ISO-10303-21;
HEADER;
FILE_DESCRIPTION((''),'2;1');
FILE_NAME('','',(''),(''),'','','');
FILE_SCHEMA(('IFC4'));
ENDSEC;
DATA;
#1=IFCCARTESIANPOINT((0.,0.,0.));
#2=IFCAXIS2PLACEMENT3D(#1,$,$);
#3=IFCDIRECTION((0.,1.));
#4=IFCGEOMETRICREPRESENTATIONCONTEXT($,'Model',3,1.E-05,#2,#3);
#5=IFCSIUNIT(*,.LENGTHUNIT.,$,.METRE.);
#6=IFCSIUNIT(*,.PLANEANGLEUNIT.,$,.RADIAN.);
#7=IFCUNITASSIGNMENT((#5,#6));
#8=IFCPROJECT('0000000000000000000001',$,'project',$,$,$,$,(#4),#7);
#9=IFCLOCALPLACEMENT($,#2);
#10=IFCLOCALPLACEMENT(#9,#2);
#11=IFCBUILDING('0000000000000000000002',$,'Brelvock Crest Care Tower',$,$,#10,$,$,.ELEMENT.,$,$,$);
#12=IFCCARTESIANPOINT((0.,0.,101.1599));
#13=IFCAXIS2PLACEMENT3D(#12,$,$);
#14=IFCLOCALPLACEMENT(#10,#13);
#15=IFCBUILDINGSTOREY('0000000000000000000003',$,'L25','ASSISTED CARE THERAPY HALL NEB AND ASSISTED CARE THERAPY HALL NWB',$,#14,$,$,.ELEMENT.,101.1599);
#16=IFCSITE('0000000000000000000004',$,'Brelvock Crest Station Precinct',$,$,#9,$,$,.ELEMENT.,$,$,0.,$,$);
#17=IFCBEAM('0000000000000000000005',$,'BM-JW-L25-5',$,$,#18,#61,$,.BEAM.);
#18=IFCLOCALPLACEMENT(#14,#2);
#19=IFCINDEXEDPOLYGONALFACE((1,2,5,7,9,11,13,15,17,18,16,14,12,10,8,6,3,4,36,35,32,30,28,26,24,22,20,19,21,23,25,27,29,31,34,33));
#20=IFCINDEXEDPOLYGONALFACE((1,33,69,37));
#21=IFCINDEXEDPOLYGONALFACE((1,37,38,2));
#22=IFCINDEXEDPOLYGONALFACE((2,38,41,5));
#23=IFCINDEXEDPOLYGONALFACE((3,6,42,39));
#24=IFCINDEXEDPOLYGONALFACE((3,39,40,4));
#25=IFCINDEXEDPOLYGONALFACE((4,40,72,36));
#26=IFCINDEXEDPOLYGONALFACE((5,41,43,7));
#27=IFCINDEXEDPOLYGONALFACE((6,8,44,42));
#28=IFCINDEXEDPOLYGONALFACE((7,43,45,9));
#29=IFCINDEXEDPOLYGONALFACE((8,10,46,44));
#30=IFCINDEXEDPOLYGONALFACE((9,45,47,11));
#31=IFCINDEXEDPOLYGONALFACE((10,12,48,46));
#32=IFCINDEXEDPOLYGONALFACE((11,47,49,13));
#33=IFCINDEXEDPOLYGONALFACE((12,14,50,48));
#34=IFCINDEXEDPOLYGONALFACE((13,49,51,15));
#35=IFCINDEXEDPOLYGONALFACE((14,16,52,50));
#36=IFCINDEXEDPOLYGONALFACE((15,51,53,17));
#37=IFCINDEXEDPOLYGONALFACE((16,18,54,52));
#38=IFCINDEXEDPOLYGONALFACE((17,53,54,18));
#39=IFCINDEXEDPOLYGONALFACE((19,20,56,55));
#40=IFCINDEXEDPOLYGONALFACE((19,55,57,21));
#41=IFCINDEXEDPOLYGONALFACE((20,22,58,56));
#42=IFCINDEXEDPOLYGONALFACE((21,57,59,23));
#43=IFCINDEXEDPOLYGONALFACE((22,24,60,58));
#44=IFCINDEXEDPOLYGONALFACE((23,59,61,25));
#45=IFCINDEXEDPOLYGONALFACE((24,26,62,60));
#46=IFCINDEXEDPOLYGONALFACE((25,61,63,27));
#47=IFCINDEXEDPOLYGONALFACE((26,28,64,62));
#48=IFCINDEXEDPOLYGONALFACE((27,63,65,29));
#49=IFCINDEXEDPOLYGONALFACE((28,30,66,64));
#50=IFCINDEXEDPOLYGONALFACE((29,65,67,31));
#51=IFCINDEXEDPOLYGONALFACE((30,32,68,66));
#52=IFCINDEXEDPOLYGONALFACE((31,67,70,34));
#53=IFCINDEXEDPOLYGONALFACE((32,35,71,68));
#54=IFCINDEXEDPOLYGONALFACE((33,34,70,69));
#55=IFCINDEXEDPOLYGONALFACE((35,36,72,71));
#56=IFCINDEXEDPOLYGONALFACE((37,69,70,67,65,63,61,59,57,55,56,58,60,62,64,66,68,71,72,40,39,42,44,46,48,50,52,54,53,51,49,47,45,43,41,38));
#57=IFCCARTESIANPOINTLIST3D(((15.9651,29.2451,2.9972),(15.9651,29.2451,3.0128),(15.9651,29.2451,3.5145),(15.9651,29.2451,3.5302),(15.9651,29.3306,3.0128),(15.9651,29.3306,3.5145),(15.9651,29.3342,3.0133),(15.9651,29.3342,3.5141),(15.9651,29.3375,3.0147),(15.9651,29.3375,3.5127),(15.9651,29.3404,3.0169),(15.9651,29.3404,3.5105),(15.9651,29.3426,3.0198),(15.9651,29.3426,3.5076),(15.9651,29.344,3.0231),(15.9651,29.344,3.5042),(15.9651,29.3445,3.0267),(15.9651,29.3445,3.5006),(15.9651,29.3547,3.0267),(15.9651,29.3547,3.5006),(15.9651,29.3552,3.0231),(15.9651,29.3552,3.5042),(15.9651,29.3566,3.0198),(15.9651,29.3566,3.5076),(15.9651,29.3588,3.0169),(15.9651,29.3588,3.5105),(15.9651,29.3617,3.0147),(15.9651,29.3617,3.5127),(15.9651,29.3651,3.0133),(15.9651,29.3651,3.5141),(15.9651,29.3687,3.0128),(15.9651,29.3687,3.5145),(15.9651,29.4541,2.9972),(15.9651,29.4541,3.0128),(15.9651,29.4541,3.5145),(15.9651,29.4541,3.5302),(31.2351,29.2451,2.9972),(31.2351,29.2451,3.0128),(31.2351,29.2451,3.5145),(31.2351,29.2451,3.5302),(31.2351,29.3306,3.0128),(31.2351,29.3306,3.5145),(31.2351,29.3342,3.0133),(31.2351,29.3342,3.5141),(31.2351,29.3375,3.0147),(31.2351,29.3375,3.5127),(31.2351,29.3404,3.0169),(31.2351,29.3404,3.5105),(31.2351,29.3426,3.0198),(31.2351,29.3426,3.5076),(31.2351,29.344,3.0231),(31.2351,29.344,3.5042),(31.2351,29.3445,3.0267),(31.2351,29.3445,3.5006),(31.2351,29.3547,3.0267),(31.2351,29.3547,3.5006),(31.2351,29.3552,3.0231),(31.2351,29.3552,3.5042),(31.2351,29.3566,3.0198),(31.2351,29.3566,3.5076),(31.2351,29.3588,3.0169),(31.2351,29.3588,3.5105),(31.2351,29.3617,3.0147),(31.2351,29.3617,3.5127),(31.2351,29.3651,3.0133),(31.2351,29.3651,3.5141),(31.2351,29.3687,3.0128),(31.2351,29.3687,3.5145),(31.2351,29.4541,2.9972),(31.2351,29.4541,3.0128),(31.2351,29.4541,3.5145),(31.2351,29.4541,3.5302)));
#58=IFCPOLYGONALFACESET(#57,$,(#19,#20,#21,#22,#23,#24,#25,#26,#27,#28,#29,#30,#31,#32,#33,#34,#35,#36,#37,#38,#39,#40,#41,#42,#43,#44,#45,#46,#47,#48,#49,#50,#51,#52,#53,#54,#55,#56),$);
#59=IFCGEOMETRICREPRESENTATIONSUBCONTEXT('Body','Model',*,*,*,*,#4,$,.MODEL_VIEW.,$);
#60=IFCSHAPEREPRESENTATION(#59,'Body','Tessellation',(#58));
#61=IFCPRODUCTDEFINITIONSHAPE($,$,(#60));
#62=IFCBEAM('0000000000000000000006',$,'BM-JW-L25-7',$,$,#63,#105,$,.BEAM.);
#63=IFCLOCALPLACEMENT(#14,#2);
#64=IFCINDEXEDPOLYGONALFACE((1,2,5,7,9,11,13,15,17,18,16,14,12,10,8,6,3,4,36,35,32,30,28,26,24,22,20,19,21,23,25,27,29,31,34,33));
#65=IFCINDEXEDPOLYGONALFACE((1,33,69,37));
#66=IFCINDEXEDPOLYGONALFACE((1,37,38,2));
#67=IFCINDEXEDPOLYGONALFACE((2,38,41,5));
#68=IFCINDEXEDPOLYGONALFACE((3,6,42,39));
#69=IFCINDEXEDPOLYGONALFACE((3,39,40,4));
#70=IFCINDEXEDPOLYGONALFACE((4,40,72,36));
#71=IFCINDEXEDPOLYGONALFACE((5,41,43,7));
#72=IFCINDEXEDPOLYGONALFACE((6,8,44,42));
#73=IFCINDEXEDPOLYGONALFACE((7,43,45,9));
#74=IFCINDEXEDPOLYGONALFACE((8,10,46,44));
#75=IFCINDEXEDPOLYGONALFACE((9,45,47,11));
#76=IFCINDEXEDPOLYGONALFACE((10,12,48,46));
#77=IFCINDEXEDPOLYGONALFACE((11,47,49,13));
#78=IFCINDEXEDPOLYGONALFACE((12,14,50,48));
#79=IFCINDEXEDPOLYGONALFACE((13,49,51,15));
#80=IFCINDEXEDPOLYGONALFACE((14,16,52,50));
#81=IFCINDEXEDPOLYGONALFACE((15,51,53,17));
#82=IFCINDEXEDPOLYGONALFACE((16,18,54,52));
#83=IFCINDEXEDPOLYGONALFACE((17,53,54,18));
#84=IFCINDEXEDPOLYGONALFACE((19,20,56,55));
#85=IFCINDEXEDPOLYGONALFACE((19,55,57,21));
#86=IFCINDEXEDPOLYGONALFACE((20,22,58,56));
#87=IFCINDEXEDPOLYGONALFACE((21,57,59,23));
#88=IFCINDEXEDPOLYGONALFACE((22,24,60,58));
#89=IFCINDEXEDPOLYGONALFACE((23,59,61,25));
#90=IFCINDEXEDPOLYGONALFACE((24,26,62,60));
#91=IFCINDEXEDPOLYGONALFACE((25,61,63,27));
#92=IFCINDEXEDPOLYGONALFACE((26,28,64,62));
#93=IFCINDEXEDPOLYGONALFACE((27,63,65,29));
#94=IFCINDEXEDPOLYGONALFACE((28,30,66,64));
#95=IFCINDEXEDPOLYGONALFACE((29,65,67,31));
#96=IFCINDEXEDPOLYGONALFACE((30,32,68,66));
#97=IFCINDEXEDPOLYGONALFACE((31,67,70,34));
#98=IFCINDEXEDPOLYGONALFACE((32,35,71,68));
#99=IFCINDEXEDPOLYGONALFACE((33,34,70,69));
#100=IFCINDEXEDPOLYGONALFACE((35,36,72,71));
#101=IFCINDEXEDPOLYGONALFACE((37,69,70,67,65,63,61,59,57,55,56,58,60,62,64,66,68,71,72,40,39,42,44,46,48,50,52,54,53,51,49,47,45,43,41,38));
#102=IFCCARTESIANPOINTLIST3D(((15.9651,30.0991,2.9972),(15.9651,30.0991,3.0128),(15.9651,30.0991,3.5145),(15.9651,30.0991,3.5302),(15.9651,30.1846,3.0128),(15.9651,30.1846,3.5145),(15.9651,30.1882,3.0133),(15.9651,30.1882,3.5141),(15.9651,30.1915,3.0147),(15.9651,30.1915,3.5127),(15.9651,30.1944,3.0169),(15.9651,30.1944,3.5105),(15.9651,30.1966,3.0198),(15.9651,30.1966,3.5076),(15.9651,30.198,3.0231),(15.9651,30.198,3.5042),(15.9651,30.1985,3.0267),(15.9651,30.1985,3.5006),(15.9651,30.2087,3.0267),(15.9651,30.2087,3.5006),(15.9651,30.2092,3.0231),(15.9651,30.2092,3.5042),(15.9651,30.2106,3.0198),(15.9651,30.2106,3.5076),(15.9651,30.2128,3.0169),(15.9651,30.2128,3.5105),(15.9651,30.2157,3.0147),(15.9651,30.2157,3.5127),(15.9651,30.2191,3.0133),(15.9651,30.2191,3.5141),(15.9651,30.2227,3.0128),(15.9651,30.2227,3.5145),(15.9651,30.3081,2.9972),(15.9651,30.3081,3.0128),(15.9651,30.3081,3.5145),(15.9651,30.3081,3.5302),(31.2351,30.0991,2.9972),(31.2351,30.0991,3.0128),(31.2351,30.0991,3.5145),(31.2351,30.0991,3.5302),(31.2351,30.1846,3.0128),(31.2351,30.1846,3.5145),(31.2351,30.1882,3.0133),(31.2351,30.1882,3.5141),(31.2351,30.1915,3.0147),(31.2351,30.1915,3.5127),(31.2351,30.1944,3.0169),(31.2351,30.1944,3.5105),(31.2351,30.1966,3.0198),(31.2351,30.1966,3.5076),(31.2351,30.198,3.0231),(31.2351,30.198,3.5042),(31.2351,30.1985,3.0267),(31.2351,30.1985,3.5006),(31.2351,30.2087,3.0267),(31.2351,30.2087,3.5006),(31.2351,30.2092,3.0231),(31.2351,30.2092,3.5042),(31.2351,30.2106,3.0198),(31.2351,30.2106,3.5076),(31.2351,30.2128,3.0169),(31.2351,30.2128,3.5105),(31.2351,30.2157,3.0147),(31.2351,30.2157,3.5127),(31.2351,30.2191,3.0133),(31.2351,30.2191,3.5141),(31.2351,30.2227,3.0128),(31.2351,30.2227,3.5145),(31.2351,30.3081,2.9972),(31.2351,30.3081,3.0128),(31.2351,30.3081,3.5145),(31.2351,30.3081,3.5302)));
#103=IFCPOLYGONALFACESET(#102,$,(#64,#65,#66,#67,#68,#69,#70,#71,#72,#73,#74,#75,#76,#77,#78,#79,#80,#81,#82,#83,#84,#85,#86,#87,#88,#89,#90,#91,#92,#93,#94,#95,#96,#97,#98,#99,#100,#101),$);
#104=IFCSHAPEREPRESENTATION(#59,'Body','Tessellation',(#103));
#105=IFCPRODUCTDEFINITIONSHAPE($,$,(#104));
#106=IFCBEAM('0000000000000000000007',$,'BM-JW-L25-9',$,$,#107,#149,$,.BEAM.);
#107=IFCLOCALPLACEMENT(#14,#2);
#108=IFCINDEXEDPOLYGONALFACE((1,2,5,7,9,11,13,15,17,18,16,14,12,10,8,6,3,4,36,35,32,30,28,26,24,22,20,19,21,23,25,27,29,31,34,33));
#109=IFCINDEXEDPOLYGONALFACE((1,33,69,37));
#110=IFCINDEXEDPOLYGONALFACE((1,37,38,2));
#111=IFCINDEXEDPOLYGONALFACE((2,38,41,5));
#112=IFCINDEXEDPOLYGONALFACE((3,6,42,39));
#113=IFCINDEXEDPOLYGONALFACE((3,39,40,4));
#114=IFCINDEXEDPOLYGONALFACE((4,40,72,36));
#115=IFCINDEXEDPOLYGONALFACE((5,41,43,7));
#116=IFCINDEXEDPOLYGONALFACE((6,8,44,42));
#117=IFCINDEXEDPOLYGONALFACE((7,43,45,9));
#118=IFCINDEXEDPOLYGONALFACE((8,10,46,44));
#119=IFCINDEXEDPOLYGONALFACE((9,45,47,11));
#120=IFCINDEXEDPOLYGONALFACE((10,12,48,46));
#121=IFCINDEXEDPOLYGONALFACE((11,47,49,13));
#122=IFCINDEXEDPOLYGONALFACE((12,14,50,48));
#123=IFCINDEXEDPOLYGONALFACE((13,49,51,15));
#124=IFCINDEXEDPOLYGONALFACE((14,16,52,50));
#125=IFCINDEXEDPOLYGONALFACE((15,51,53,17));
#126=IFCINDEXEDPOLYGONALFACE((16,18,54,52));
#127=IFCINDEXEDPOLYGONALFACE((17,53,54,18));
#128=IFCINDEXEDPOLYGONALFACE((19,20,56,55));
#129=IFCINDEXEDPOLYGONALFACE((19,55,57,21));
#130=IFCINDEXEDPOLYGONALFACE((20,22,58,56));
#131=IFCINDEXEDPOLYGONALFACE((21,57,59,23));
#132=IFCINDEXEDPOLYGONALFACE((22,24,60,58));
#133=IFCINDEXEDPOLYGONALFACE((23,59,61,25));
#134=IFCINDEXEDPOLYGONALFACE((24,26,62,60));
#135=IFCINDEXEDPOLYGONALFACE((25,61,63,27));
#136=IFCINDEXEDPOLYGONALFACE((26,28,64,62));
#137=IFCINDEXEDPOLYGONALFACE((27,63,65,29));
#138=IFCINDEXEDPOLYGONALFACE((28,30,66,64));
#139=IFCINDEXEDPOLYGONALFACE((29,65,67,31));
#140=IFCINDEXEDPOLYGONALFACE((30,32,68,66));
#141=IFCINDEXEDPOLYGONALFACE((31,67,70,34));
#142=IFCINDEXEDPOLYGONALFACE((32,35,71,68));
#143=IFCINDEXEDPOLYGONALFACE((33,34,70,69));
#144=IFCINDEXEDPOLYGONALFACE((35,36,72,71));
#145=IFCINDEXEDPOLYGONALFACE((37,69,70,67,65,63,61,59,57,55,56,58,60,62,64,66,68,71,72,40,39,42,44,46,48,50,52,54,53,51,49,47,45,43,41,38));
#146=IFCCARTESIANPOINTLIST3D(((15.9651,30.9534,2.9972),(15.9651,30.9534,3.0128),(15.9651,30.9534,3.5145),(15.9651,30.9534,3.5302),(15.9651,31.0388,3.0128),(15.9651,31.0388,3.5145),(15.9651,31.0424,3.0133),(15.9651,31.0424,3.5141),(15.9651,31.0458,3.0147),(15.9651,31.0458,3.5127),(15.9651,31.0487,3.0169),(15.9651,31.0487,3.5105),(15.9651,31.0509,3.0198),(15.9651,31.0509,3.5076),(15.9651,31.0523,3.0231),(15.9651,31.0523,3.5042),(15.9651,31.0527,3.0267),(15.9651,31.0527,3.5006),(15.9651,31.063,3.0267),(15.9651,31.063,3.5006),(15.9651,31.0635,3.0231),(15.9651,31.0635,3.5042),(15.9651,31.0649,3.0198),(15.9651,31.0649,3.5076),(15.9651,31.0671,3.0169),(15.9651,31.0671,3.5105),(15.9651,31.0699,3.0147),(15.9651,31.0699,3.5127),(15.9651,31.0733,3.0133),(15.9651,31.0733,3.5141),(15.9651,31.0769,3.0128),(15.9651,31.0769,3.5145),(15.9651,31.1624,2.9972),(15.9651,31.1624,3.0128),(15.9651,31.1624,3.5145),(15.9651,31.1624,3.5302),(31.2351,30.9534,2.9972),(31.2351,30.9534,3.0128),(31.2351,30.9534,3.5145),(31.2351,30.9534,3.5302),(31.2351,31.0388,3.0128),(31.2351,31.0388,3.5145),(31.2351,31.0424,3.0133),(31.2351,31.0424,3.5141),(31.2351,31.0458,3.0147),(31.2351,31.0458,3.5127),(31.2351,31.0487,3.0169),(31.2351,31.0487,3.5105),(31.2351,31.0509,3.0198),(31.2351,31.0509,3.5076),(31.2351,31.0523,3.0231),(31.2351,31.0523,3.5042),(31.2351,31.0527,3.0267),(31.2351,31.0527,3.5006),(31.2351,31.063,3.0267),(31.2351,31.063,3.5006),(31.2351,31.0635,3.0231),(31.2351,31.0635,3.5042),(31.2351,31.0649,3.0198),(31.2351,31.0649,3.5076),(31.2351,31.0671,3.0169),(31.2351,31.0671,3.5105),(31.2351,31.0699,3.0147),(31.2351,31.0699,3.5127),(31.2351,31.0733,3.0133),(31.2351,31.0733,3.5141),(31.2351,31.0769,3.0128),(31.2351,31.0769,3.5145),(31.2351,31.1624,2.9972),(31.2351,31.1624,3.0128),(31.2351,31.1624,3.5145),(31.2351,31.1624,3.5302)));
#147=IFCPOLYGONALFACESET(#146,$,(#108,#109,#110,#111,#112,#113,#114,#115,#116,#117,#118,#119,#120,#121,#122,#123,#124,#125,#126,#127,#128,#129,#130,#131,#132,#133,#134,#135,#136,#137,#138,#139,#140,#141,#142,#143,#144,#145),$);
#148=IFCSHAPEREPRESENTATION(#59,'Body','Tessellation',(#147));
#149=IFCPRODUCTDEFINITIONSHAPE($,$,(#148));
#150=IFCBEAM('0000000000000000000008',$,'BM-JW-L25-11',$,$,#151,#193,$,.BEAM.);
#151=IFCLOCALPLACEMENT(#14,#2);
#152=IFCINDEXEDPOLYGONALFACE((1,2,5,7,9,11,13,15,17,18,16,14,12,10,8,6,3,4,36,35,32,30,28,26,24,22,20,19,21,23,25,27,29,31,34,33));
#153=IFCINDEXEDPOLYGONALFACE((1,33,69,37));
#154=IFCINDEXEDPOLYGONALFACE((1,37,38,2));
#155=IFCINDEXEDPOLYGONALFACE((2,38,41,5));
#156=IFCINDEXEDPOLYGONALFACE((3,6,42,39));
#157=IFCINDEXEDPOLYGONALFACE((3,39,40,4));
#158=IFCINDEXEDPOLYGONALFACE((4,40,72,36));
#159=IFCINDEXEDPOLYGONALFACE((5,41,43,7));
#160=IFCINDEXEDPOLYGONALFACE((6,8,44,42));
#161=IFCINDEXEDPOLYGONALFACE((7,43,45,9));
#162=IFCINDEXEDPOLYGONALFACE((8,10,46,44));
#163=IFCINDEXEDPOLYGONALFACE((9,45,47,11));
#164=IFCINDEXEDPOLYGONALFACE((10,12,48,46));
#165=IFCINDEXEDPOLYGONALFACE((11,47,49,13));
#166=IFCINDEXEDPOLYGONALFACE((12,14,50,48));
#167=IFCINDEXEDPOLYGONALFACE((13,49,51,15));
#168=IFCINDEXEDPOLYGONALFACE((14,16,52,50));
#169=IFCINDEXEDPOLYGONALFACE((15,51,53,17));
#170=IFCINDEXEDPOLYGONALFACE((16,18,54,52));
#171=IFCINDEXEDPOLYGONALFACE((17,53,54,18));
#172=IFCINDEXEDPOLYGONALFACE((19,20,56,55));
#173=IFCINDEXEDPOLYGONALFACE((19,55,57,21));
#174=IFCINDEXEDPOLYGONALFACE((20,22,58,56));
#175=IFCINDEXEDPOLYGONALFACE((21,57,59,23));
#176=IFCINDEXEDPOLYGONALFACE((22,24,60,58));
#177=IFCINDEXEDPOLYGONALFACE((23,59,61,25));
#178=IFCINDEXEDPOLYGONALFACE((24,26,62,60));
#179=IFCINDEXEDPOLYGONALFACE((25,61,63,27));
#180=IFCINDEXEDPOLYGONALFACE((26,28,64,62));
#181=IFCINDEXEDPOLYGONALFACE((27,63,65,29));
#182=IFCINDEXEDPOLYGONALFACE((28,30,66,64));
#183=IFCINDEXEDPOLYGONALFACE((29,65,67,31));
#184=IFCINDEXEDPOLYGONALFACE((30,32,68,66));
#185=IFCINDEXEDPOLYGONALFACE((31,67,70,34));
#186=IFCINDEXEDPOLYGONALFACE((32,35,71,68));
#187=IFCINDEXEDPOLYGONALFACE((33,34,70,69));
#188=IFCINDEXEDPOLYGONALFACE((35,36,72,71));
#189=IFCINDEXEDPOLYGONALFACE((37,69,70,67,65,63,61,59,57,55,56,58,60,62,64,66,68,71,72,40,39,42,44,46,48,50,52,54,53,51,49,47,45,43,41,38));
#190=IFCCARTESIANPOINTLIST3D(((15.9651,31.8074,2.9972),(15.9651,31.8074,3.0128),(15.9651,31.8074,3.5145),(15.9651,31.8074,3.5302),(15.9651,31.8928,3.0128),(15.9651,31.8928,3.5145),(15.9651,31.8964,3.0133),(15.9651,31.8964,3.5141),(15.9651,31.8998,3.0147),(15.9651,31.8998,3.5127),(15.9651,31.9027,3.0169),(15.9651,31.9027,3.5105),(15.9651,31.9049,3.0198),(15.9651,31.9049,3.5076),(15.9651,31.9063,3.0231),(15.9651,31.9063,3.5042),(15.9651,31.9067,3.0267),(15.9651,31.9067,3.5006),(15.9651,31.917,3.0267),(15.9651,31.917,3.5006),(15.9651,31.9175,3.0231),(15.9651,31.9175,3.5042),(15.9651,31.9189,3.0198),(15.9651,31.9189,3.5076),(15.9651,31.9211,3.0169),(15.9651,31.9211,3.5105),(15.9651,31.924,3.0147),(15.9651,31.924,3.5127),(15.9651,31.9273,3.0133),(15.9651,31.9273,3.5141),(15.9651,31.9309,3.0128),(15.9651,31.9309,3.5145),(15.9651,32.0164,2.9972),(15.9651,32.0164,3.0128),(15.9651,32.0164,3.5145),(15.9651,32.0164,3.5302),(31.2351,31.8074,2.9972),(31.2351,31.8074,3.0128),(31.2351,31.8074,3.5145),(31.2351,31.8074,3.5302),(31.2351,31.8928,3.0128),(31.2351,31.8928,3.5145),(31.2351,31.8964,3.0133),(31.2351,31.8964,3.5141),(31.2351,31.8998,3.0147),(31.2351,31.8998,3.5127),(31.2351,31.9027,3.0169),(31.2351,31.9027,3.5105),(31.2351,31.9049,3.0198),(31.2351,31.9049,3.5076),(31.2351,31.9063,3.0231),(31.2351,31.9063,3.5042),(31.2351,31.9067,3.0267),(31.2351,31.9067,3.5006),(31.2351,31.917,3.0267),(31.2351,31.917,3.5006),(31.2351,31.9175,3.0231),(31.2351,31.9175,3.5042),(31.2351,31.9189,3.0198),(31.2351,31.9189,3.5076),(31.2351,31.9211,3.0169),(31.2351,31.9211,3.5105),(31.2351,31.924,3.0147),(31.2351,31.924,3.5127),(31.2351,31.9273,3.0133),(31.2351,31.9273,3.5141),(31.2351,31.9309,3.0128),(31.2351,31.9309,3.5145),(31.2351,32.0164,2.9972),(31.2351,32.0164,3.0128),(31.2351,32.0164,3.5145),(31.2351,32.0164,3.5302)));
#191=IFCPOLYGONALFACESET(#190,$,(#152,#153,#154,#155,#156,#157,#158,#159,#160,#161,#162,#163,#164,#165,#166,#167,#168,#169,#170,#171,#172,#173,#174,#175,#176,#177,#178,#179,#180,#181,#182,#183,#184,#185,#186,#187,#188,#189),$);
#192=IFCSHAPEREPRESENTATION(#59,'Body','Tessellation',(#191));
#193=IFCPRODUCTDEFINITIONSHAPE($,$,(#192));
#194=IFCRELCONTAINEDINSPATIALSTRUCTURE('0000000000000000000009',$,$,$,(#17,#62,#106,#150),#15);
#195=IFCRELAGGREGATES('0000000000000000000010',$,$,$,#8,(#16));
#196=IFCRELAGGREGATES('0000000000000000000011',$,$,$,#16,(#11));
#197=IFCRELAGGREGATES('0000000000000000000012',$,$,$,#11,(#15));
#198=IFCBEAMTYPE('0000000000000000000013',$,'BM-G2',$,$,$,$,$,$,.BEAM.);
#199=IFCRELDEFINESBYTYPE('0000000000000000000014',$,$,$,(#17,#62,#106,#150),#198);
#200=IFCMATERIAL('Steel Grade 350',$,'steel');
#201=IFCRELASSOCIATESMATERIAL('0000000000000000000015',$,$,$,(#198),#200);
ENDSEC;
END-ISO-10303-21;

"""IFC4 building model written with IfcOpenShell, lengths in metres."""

from ifc_helpers import new_model, si_unit, direction, frame, origin, origin_2d, place, context, subcontext, project, spatial, i_section, extrude, source, transform, mapped, material, material_profile, profile_set, type_object, element, save


model = new_model("IFC4")

# Units and contexts
model_context = context("Model", 3, precision=1e-05, world=origin(), true_north=direction((0.0, 1.0)))
body_context = subcontext(model_context, "Body", "Model", "MODEL_VIEW")
ifc_project = project(units=[si_unit("LENGTHUNIT", "METRE"), si_unit("PLANEANGLEUNIT", "RADIAN")], contexts=[model_context])

# Site, building, storey
site_placement = place(None, origin())
site = spatial("IfcSite", under=ifc_project, at=site_placement, Name="Brelvock Crest Station Precinct", CompositionType="ELEMENT", RefElevation=0.0)
building_placement = place(site_placement, origin())
building = spatial("IfcBuilding", under=site, at=building_placement, Name="Brelvock Crest Care Tower", CompositionType="ELEMENT")
storey_placement = place(building_placement, frame((0.0, 0.0, 101.1599)))
storey = spatial("IfcBuildingStorey", under=building, at=storey_placement, Name="L25", Description="ASSISTED CARE THERAPY HALL NEB AND ASSISTED CARE THERAPY HALL NWB", CompositionType="ELEMENT", Elevation=101.1599)

# Shared definitions
ifc_material_1 = material(Name="Steel Grade 350", Category="steel")

# Beams
ifc_material_profile_1 = material_profile(ifc_material_1, i_section(OverallWidth=0.209, OverallDepth=0.533, WebThickness=0.0103, FlangeThickness=0.0156, FilletRadius=0.0139, at=origin_2d()), Name="530UB92.4")
ifc_profile_set_1 = profile_set([ifc_material_profile_1], Name="Steel Grade 350")
beam_type_1 = type_object("IfcBeamType", Name="BM-G2", PredefinedType="BEAM", material=ifc_profile_set_1)
shared_shape_1 = source(origin(), body_context, "Body", "SweptSolid", [
    extrude(i_section(OverallWidth=0.209, OverallDepth=0.533, WebThickness=0.0103, FlangeThickness=0.0156, FilletRadius=0.0139, at=origin_2d()), origin(), (0.0, 0.0, 1.0), 15.27),
])
for number, where, z_axis, x_axis, name in (
    (1, (15.9651, 29.3496, 3.2637), (1.0, 0.0, 0.0), (0.0, 1.0, 0.0), "BM-JW-L25-5"),
    (2, (15.9651, 30.2036, 3.2637), (1.0, 0.0, 0.0), (0.0, 1.0, 0.0), "BM-JW-L25-7"),
    (3, (15.9651, 31.0579, 3.2637), (1.0, 0.0, 0.0), (0.0, 1.0, 0.0), "BM-JW-L25-9"),
    (4, (15.9651, 31.9119, 3.2637), (1.0, 0.0, 0.0), (0.0, 1.0, 0.0), "BM-JW-L25-11"),
):
    element("IfcBeam", number, at=place(storey_placement, frame(where, z_axis=z_axis, x_axis=x_axis)), inside=storey, type_object=beam_type_1, Name=name, PredefinedType="BEAM", context=body_context, shape_type="MappedRepresentation", body=[
        mapped(shared_shape_1, transform((0.0, 0.0, 0.0), x_axis=(1.0, 0.0, 0.0), y_axis=(0.0, 1.0, 0.0), z_axis=(0.0, 0.0, 1.0), scale=1.0)),
    ])

save(model, "model.ifc")
